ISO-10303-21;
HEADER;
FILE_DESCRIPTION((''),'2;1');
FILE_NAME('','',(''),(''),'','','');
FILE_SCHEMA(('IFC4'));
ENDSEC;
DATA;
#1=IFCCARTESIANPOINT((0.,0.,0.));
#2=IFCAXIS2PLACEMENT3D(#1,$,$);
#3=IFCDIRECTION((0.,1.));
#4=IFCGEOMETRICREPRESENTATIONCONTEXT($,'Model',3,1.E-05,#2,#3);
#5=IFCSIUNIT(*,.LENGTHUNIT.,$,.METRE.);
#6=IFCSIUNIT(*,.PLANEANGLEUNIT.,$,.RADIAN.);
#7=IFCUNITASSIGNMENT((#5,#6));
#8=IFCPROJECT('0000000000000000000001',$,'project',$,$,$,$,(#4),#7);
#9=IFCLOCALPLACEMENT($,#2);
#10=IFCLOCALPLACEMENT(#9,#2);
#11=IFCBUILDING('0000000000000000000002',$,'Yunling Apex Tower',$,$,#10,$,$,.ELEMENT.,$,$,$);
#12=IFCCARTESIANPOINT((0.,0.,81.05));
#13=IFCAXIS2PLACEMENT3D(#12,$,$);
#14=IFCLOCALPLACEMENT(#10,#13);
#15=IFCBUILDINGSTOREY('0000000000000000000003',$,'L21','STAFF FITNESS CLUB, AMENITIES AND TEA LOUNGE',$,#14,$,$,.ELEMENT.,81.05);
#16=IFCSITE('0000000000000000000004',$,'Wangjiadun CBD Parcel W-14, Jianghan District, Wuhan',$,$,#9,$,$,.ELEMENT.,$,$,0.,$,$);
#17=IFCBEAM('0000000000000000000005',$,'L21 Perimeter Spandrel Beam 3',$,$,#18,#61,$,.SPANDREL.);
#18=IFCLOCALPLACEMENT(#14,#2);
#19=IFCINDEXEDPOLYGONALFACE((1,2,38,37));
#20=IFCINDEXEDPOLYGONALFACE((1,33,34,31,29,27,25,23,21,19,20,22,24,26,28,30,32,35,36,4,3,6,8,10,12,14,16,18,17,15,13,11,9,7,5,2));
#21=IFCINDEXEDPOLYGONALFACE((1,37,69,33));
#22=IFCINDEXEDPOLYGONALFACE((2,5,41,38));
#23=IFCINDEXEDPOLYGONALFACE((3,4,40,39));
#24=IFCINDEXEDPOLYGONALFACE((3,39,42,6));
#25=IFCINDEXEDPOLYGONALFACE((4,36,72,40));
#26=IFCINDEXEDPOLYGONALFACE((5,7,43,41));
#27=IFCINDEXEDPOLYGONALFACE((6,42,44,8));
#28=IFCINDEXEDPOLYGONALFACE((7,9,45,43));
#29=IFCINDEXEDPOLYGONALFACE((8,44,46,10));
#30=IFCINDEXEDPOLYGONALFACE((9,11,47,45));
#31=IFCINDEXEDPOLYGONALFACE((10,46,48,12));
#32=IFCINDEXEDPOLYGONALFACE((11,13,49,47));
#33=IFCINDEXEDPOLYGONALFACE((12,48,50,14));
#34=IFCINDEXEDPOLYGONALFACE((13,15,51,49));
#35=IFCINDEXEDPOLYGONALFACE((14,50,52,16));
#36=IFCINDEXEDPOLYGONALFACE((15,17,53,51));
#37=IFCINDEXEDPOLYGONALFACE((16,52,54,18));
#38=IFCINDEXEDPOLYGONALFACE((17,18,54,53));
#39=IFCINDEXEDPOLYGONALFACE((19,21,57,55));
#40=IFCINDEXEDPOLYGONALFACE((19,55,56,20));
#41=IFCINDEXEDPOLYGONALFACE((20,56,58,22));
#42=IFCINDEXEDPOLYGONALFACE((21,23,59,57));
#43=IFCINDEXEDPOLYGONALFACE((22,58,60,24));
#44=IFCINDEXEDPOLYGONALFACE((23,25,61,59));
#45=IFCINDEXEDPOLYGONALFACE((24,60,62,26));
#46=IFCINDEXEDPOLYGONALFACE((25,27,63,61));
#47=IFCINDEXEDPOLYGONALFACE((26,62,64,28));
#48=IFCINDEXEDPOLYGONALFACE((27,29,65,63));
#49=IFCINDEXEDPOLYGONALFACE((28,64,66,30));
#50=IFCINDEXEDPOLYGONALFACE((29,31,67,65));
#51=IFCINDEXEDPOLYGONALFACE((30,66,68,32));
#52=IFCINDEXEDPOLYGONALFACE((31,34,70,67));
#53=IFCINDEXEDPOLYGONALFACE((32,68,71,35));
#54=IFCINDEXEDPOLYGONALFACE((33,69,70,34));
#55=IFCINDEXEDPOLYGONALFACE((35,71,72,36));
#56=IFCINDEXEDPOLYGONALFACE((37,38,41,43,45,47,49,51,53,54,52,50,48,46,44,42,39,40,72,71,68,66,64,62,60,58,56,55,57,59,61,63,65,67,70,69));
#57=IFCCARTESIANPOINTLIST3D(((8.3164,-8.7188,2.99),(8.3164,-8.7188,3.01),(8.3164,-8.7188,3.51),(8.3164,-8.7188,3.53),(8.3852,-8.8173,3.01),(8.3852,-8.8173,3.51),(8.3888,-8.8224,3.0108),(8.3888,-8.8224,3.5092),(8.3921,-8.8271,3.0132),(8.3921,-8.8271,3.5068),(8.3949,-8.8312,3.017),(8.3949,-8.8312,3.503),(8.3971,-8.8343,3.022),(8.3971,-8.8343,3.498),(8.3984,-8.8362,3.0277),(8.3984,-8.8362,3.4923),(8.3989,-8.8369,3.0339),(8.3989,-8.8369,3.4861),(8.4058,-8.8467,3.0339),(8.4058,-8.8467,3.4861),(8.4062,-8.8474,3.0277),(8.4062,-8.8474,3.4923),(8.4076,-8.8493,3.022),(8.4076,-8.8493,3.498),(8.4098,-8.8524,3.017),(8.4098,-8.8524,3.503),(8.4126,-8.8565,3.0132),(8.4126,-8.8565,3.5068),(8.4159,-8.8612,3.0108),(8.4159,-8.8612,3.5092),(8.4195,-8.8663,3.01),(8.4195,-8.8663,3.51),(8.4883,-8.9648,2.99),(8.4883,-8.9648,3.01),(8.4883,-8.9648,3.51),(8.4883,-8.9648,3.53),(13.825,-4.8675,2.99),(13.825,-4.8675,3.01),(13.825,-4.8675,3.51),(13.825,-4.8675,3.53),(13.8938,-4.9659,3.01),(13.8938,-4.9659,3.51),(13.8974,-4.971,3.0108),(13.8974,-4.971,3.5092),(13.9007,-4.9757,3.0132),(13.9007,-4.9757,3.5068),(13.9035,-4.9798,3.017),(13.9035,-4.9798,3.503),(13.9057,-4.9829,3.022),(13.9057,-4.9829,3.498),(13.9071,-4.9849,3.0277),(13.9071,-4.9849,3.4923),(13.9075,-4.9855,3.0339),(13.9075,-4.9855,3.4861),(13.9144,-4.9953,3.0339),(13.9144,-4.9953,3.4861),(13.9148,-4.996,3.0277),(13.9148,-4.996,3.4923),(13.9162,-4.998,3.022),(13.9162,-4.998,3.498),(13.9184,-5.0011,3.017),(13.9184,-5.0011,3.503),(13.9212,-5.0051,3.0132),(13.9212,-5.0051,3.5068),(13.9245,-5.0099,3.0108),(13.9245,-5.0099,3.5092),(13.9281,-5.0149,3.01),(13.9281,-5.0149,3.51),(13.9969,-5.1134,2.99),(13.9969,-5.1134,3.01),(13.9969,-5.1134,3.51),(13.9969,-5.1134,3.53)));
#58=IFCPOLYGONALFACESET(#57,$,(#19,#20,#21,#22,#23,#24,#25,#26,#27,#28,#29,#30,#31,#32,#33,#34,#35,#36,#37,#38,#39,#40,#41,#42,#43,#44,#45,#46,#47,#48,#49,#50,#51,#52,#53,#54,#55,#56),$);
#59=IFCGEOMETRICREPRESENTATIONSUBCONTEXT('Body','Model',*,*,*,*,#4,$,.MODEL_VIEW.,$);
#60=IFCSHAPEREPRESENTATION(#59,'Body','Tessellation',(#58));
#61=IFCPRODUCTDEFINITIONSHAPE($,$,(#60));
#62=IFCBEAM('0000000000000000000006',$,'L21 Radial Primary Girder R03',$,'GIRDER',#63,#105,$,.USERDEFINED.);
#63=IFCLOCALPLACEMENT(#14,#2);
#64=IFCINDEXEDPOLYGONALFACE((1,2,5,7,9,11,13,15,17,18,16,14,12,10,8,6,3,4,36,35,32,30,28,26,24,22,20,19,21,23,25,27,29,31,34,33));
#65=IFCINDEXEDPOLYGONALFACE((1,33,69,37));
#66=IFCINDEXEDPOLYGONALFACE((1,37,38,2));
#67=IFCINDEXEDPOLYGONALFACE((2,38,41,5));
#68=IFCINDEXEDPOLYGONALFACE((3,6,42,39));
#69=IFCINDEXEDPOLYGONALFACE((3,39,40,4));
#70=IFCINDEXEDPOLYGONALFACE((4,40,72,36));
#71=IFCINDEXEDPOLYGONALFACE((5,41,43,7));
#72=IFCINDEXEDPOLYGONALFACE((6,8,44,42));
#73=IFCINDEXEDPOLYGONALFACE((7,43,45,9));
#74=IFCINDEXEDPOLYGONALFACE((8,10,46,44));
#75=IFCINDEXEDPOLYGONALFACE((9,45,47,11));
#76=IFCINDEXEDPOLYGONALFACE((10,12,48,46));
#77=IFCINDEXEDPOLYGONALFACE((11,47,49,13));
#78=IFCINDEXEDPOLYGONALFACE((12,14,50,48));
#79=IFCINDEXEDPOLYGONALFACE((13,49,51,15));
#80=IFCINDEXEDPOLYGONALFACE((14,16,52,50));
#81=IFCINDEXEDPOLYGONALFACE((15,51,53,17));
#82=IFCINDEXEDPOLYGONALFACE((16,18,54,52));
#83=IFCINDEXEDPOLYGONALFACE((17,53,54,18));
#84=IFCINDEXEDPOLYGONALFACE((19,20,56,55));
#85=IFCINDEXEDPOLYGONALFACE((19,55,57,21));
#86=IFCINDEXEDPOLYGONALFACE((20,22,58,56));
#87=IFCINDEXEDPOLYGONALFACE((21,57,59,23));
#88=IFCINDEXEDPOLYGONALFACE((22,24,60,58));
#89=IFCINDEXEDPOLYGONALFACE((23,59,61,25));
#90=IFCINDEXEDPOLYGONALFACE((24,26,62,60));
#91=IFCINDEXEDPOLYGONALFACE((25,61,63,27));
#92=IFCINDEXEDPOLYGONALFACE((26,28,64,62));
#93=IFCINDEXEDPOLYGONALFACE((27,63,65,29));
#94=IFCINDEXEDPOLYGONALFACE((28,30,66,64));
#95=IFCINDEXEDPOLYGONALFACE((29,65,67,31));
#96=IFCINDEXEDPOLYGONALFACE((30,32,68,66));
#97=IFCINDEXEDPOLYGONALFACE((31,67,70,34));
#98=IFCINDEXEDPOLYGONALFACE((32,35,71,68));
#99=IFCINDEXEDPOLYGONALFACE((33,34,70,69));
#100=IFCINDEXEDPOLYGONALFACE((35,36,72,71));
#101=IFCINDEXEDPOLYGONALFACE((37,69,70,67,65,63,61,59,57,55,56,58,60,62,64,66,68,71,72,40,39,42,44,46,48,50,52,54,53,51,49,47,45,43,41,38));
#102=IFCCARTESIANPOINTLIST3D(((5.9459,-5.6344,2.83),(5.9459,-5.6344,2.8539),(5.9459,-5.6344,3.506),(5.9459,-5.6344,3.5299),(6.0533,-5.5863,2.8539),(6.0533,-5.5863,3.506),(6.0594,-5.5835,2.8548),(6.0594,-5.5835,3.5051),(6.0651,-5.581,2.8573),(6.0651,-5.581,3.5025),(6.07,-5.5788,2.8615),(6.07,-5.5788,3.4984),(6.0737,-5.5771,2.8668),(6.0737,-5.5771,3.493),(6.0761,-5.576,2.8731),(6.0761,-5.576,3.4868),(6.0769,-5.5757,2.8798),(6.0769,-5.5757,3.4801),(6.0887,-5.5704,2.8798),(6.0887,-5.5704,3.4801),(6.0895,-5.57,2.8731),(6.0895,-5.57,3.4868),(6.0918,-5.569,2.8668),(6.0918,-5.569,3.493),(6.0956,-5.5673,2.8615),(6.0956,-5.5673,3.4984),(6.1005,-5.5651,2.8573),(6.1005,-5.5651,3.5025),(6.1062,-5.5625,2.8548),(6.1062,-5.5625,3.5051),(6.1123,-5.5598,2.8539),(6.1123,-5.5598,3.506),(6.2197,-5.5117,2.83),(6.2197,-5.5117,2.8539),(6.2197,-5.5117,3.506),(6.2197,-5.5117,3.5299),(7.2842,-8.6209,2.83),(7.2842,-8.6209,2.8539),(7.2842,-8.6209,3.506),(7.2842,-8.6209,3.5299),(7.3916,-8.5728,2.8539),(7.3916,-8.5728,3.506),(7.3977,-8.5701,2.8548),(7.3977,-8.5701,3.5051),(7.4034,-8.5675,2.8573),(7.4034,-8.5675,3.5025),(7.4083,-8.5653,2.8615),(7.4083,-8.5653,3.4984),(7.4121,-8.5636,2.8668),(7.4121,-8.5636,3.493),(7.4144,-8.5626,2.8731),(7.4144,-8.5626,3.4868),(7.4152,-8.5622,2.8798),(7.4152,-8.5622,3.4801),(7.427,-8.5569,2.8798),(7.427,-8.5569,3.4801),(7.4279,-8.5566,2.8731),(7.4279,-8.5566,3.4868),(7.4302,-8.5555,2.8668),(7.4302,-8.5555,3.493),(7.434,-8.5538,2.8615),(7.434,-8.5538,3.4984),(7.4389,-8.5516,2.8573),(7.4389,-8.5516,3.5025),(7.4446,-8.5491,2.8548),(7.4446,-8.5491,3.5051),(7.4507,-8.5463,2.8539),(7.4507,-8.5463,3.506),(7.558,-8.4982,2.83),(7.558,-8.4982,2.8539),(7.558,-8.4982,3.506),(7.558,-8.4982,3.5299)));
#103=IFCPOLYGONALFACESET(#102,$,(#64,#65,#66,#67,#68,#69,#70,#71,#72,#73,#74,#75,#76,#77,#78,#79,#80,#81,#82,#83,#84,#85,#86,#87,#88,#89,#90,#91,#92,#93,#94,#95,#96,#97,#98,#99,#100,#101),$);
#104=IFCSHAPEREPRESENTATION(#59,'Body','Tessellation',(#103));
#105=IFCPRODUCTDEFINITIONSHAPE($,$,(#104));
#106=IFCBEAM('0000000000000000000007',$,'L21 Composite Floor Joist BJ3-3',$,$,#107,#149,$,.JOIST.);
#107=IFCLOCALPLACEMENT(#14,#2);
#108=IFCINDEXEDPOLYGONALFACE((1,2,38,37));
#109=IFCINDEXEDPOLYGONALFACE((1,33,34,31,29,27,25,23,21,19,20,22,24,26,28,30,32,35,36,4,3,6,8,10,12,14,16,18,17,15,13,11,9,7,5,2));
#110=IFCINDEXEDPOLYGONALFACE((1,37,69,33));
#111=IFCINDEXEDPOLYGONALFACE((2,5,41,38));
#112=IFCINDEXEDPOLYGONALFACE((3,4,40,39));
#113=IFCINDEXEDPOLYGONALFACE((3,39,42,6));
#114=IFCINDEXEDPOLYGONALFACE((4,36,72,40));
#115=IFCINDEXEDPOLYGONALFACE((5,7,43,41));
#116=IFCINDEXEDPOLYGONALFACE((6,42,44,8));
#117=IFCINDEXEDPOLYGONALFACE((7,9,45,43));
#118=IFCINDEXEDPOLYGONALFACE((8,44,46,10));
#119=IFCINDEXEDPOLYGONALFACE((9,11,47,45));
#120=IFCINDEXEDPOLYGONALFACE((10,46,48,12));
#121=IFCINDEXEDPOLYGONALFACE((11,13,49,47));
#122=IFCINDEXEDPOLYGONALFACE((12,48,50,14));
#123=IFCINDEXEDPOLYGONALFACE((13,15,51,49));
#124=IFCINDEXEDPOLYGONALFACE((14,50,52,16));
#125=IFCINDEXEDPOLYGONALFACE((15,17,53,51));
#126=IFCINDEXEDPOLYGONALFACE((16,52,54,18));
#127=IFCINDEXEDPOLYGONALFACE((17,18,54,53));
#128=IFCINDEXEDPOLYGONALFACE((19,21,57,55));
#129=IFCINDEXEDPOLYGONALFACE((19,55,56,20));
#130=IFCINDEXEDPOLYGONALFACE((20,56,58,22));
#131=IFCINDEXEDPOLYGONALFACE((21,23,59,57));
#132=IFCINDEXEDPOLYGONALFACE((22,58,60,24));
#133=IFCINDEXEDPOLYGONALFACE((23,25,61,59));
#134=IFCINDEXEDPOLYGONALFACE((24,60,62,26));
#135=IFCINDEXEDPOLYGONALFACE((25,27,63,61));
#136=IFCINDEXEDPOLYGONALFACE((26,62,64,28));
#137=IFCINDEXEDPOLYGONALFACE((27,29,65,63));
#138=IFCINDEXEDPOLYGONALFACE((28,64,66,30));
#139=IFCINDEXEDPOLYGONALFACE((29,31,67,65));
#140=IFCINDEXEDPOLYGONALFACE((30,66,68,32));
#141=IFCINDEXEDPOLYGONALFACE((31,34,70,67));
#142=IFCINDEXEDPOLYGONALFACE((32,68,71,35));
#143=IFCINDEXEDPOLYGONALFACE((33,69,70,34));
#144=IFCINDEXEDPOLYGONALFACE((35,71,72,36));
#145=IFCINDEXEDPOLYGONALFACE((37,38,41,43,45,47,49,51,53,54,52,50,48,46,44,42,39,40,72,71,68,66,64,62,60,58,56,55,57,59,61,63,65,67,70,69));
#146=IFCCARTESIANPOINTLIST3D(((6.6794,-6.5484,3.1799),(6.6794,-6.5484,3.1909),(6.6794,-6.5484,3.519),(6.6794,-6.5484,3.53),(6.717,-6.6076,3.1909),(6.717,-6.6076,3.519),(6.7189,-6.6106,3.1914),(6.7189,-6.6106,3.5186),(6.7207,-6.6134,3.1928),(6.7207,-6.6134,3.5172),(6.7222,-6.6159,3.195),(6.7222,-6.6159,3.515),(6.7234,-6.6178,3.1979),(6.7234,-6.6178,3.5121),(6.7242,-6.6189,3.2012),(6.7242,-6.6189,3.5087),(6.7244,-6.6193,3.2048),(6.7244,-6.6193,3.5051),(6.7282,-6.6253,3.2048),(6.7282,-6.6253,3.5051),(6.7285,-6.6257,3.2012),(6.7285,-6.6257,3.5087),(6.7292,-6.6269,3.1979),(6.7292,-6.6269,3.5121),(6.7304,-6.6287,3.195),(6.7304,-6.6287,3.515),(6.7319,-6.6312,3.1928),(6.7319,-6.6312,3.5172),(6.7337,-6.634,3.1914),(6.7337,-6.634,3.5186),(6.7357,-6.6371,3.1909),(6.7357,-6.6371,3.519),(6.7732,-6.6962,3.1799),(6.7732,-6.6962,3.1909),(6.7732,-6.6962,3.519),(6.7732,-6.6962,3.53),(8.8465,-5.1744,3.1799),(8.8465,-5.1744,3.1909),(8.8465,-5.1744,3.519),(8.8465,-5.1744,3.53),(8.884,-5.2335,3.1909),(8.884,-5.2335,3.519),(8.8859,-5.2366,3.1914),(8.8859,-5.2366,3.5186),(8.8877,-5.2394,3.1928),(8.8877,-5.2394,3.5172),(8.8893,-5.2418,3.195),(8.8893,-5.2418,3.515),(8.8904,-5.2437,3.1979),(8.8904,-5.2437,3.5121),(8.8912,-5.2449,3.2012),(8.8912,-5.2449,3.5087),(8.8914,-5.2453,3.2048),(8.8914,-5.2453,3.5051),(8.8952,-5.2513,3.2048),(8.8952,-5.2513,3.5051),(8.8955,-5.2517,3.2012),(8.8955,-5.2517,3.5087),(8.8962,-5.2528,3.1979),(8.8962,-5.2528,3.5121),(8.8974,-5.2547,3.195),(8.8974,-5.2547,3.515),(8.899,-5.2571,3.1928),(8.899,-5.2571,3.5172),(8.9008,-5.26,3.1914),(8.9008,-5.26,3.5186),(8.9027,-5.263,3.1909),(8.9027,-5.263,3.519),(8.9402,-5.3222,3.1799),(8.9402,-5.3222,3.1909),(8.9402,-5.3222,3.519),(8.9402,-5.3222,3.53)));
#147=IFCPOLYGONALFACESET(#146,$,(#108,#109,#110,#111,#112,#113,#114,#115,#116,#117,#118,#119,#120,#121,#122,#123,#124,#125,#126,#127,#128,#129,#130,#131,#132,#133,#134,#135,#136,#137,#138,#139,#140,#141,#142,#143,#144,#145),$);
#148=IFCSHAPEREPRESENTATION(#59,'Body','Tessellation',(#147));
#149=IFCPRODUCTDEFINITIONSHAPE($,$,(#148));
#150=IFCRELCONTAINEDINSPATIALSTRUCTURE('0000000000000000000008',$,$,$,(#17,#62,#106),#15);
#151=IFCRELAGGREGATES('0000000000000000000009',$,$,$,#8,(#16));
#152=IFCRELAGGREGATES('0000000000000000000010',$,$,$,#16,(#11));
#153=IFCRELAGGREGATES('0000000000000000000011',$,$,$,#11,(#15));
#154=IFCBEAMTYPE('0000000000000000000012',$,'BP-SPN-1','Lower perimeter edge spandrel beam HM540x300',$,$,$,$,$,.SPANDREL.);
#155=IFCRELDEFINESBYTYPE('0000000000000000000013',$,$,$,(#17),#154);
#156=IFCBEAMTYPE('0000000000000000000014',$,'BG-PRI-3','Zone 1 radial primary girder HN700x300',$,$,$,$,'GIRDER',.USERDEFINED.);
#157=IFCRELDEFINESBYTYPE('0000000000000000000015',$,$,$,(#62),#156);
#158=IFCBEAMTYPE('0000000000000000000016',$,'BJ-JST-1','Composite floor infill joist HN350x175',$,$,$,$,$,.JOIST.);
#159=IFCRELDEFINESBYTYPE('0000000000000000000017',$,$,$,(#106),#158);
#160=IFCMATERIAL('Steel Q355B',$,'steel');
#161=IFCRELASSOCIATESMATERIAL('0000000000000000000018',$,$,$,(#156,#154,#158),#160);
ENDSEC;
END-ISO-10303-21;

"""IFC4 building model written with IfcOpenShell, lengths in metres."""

from ifc_helpers import new_model, si_unit, direction, frame, origin, origin_2d, place, context, subcontext, project, spatial, i_section, extrude, source, transform, mapped, material, material_profile, profile_set, type_object, element, save


model = new_model("IFC4")

# Units and contexts
model_context = context("Model", 3, precision=1e-05, world=origin(), true_north=direction((0.0, 1.0)))
body_context = subcontext(model_context, "Body", "Model", "MODEL_VIEW")
ifc_project = project(units=[si_unit("LENGTHUNIT", "METRE"), si_unit("PLANEANGLEUNIT", "RADIAN")], contexts=[model_context])

# Site, building, storey
site_placement = place(None, origin())
site = spatial("IfcSite", under=ifc_project, at=site_placement, Name="Wangjiadun CBD Parcel W-14, Jianghan District, Wuhan", CompositionType="ELEMENT", RefElevation=0.0)
building_placement = place(site_placement, origin())
building = spatial("IfcBuilding", under=site, at=building_placement, Name="Yunling Apex Tower", CompositionType="ELEMENT")
storey_placement = place(building_placement, frame((0.0, 0.0, 81.05)))
storey = spatial("IfcBuildingStorey", under=building, at=storey_placement, Name="L21", Description="STAFF FITNESS CLUB, AMENITIES AND TEA LOUNGE", CompositionType="ELEMENT", Elevation=81.05)

# Beams
ifc_material_1 = material(Name="Steel Q355B", Category="steel")
ifc_material_profile_1 = material_profile(ifc_material_1, i_section(OverallWidth=0.3, OverallDepth=0.7, WebThickness=0.0129, FlangeThickness=0.0239, FilletRadius=0.0259, at=origin_2d()))
ifc_profile_set_1 = profile_set([ifc_material_profile_1], Name="Steel Q355B")
beam_type_1 = type_object("IfcBeamType", Name="BG-PRI-3", Description="Zone 1 radial primary girder HN700x300", ElementType="GIRDER", PredefinedType="USERDEFINED", material=ifc_profile_set_1)
ifc_material_profile_2 = material_profile(ifc_material_1, i_section(OverallWidth=0.3, OverallDepth=0.54, WebThickness=0.012, FlangeThickness=0.02, FilletRadius=0.0239, at=origin_2d()))
ifc_profile_set_2 = profile_set([ifc_material_profile_2], Name="Steel Q355B")
beam_type_2 = type_object("IfcBeamType", Name="BP-SPN-1", Description="Lower perimeter edge spandrel beam HM540x300", PredefinedType="SPANDREL", material=ifc_profile_set_2)
shared_shape_1 = source(origin(), body_context, "Body", "SweptSolid", [
    extrude(i_section(OverallWidth=0.3, OverallDepth=0.54, WebThickness=0.012, FlangeThickness=0.02, FilletRadius=0.0239, at=origin_2d()), origin(), (0.0, 0.0, 1.0), 6.7214),
])
beam_1_placement = place(storey_placement, frame((8.4023, -8.8418, 3.26), z_axis=(0.819558, 0.572997, 0.0), x_axis=(-0.572997, 0.819558, 0.0)))
element("IfcBeam", 1, at=beam_1_placement, inside=storey, type_object=beam_type_2, Name="L21 Perimeter Spandrel Beam 3", PredefinedType="SPANDREL", context=body_context, shape_type="MappedRepresentation", body=[
    mapped(shared_shape_1, transform((0.0, 0.0, 0.0), scale=1.0)),
])
shared_shape_2 = source(origin(), body_context, "Body", "SweptSolid", [
    extrude(i_section(OverallWidth=0.3, OverallDepth=0.7, WebThickness=0.0129, FlangeThickness=0.0239, FilletRadius=0.0259, at=origin_2d()), origin(), (0.0, 0.0, 1.0), 3.2727),
])
beam_2_placement = place(storey_placement, frame((7.4211, -8.5596, 3.1799), z_axis=(-0.408947, 0.912558, 0.0), x_axis=(-0.912558, -0.408947, 0.0)))
element("IfcBeam", 2, at=beam_2_placement, inside=storey, type_object=beam_type_1, Name="L21 Radial Primary Girder R03", ObjectType="GIRDER", PredefinedType="USERDEFINED", context=body_context, shape_type="MappedRepresentation", body=[
    mapped(shared_shape_2, transform((0.0, 0.0, 0.0), scale=1.0)),
])
ifc_material_profile_3 = material_profile(ifc_material_1, i_section(OverallWidth=0.175, OverallDepth=0.3501, WebThickness=0.0071, FlangeThickness=0.011, FilletRadius=0.0139, at=origin_2d()))
ifc_profile_set_3 = profile_set([ifc_material_profile_3], Name="Steel Q355B")
beam_type_3 = type_object("IfcBeamType", Name="BJ-JST-1", Description="Composite floor infill joist HN350x175", PredefinedType="JOIST", material=ifc_profile_set_3)
shared_shape_3 = source(origin(), body_context, "Body", "SweptSolid", [
    extrude(i_section(OverallWidth=0.175, OverallDepth=0.3501, WebThickness=0.0071, FlangeThickness=0.011, FilletRadius=0.0139, at=origin_2d()), origin(), (0.0, 0.0, 1.0), 2.5659),
])
beam_3_placement = place(storey_placement, frame((6.7263, -6.6223, 3.355), z_axis=(0.844538, 0.535496, 0.0), x_axis=(-0.535496, 0.844538, 0.0)))
element("IfcBeam", 3, at=beam_3_placement, inside=storey, type_object=beam_type_3, Name="L21 Composite Floor Joist BJ3-3", PredefinedType="JOIST", context=body_context, shape_type="MappedRepresentation", body=[
    mapped(shared_shape_3, transform((0.0, 0.0, 0.0), scale=1.0)),
])

save(model, "model.ifc")
